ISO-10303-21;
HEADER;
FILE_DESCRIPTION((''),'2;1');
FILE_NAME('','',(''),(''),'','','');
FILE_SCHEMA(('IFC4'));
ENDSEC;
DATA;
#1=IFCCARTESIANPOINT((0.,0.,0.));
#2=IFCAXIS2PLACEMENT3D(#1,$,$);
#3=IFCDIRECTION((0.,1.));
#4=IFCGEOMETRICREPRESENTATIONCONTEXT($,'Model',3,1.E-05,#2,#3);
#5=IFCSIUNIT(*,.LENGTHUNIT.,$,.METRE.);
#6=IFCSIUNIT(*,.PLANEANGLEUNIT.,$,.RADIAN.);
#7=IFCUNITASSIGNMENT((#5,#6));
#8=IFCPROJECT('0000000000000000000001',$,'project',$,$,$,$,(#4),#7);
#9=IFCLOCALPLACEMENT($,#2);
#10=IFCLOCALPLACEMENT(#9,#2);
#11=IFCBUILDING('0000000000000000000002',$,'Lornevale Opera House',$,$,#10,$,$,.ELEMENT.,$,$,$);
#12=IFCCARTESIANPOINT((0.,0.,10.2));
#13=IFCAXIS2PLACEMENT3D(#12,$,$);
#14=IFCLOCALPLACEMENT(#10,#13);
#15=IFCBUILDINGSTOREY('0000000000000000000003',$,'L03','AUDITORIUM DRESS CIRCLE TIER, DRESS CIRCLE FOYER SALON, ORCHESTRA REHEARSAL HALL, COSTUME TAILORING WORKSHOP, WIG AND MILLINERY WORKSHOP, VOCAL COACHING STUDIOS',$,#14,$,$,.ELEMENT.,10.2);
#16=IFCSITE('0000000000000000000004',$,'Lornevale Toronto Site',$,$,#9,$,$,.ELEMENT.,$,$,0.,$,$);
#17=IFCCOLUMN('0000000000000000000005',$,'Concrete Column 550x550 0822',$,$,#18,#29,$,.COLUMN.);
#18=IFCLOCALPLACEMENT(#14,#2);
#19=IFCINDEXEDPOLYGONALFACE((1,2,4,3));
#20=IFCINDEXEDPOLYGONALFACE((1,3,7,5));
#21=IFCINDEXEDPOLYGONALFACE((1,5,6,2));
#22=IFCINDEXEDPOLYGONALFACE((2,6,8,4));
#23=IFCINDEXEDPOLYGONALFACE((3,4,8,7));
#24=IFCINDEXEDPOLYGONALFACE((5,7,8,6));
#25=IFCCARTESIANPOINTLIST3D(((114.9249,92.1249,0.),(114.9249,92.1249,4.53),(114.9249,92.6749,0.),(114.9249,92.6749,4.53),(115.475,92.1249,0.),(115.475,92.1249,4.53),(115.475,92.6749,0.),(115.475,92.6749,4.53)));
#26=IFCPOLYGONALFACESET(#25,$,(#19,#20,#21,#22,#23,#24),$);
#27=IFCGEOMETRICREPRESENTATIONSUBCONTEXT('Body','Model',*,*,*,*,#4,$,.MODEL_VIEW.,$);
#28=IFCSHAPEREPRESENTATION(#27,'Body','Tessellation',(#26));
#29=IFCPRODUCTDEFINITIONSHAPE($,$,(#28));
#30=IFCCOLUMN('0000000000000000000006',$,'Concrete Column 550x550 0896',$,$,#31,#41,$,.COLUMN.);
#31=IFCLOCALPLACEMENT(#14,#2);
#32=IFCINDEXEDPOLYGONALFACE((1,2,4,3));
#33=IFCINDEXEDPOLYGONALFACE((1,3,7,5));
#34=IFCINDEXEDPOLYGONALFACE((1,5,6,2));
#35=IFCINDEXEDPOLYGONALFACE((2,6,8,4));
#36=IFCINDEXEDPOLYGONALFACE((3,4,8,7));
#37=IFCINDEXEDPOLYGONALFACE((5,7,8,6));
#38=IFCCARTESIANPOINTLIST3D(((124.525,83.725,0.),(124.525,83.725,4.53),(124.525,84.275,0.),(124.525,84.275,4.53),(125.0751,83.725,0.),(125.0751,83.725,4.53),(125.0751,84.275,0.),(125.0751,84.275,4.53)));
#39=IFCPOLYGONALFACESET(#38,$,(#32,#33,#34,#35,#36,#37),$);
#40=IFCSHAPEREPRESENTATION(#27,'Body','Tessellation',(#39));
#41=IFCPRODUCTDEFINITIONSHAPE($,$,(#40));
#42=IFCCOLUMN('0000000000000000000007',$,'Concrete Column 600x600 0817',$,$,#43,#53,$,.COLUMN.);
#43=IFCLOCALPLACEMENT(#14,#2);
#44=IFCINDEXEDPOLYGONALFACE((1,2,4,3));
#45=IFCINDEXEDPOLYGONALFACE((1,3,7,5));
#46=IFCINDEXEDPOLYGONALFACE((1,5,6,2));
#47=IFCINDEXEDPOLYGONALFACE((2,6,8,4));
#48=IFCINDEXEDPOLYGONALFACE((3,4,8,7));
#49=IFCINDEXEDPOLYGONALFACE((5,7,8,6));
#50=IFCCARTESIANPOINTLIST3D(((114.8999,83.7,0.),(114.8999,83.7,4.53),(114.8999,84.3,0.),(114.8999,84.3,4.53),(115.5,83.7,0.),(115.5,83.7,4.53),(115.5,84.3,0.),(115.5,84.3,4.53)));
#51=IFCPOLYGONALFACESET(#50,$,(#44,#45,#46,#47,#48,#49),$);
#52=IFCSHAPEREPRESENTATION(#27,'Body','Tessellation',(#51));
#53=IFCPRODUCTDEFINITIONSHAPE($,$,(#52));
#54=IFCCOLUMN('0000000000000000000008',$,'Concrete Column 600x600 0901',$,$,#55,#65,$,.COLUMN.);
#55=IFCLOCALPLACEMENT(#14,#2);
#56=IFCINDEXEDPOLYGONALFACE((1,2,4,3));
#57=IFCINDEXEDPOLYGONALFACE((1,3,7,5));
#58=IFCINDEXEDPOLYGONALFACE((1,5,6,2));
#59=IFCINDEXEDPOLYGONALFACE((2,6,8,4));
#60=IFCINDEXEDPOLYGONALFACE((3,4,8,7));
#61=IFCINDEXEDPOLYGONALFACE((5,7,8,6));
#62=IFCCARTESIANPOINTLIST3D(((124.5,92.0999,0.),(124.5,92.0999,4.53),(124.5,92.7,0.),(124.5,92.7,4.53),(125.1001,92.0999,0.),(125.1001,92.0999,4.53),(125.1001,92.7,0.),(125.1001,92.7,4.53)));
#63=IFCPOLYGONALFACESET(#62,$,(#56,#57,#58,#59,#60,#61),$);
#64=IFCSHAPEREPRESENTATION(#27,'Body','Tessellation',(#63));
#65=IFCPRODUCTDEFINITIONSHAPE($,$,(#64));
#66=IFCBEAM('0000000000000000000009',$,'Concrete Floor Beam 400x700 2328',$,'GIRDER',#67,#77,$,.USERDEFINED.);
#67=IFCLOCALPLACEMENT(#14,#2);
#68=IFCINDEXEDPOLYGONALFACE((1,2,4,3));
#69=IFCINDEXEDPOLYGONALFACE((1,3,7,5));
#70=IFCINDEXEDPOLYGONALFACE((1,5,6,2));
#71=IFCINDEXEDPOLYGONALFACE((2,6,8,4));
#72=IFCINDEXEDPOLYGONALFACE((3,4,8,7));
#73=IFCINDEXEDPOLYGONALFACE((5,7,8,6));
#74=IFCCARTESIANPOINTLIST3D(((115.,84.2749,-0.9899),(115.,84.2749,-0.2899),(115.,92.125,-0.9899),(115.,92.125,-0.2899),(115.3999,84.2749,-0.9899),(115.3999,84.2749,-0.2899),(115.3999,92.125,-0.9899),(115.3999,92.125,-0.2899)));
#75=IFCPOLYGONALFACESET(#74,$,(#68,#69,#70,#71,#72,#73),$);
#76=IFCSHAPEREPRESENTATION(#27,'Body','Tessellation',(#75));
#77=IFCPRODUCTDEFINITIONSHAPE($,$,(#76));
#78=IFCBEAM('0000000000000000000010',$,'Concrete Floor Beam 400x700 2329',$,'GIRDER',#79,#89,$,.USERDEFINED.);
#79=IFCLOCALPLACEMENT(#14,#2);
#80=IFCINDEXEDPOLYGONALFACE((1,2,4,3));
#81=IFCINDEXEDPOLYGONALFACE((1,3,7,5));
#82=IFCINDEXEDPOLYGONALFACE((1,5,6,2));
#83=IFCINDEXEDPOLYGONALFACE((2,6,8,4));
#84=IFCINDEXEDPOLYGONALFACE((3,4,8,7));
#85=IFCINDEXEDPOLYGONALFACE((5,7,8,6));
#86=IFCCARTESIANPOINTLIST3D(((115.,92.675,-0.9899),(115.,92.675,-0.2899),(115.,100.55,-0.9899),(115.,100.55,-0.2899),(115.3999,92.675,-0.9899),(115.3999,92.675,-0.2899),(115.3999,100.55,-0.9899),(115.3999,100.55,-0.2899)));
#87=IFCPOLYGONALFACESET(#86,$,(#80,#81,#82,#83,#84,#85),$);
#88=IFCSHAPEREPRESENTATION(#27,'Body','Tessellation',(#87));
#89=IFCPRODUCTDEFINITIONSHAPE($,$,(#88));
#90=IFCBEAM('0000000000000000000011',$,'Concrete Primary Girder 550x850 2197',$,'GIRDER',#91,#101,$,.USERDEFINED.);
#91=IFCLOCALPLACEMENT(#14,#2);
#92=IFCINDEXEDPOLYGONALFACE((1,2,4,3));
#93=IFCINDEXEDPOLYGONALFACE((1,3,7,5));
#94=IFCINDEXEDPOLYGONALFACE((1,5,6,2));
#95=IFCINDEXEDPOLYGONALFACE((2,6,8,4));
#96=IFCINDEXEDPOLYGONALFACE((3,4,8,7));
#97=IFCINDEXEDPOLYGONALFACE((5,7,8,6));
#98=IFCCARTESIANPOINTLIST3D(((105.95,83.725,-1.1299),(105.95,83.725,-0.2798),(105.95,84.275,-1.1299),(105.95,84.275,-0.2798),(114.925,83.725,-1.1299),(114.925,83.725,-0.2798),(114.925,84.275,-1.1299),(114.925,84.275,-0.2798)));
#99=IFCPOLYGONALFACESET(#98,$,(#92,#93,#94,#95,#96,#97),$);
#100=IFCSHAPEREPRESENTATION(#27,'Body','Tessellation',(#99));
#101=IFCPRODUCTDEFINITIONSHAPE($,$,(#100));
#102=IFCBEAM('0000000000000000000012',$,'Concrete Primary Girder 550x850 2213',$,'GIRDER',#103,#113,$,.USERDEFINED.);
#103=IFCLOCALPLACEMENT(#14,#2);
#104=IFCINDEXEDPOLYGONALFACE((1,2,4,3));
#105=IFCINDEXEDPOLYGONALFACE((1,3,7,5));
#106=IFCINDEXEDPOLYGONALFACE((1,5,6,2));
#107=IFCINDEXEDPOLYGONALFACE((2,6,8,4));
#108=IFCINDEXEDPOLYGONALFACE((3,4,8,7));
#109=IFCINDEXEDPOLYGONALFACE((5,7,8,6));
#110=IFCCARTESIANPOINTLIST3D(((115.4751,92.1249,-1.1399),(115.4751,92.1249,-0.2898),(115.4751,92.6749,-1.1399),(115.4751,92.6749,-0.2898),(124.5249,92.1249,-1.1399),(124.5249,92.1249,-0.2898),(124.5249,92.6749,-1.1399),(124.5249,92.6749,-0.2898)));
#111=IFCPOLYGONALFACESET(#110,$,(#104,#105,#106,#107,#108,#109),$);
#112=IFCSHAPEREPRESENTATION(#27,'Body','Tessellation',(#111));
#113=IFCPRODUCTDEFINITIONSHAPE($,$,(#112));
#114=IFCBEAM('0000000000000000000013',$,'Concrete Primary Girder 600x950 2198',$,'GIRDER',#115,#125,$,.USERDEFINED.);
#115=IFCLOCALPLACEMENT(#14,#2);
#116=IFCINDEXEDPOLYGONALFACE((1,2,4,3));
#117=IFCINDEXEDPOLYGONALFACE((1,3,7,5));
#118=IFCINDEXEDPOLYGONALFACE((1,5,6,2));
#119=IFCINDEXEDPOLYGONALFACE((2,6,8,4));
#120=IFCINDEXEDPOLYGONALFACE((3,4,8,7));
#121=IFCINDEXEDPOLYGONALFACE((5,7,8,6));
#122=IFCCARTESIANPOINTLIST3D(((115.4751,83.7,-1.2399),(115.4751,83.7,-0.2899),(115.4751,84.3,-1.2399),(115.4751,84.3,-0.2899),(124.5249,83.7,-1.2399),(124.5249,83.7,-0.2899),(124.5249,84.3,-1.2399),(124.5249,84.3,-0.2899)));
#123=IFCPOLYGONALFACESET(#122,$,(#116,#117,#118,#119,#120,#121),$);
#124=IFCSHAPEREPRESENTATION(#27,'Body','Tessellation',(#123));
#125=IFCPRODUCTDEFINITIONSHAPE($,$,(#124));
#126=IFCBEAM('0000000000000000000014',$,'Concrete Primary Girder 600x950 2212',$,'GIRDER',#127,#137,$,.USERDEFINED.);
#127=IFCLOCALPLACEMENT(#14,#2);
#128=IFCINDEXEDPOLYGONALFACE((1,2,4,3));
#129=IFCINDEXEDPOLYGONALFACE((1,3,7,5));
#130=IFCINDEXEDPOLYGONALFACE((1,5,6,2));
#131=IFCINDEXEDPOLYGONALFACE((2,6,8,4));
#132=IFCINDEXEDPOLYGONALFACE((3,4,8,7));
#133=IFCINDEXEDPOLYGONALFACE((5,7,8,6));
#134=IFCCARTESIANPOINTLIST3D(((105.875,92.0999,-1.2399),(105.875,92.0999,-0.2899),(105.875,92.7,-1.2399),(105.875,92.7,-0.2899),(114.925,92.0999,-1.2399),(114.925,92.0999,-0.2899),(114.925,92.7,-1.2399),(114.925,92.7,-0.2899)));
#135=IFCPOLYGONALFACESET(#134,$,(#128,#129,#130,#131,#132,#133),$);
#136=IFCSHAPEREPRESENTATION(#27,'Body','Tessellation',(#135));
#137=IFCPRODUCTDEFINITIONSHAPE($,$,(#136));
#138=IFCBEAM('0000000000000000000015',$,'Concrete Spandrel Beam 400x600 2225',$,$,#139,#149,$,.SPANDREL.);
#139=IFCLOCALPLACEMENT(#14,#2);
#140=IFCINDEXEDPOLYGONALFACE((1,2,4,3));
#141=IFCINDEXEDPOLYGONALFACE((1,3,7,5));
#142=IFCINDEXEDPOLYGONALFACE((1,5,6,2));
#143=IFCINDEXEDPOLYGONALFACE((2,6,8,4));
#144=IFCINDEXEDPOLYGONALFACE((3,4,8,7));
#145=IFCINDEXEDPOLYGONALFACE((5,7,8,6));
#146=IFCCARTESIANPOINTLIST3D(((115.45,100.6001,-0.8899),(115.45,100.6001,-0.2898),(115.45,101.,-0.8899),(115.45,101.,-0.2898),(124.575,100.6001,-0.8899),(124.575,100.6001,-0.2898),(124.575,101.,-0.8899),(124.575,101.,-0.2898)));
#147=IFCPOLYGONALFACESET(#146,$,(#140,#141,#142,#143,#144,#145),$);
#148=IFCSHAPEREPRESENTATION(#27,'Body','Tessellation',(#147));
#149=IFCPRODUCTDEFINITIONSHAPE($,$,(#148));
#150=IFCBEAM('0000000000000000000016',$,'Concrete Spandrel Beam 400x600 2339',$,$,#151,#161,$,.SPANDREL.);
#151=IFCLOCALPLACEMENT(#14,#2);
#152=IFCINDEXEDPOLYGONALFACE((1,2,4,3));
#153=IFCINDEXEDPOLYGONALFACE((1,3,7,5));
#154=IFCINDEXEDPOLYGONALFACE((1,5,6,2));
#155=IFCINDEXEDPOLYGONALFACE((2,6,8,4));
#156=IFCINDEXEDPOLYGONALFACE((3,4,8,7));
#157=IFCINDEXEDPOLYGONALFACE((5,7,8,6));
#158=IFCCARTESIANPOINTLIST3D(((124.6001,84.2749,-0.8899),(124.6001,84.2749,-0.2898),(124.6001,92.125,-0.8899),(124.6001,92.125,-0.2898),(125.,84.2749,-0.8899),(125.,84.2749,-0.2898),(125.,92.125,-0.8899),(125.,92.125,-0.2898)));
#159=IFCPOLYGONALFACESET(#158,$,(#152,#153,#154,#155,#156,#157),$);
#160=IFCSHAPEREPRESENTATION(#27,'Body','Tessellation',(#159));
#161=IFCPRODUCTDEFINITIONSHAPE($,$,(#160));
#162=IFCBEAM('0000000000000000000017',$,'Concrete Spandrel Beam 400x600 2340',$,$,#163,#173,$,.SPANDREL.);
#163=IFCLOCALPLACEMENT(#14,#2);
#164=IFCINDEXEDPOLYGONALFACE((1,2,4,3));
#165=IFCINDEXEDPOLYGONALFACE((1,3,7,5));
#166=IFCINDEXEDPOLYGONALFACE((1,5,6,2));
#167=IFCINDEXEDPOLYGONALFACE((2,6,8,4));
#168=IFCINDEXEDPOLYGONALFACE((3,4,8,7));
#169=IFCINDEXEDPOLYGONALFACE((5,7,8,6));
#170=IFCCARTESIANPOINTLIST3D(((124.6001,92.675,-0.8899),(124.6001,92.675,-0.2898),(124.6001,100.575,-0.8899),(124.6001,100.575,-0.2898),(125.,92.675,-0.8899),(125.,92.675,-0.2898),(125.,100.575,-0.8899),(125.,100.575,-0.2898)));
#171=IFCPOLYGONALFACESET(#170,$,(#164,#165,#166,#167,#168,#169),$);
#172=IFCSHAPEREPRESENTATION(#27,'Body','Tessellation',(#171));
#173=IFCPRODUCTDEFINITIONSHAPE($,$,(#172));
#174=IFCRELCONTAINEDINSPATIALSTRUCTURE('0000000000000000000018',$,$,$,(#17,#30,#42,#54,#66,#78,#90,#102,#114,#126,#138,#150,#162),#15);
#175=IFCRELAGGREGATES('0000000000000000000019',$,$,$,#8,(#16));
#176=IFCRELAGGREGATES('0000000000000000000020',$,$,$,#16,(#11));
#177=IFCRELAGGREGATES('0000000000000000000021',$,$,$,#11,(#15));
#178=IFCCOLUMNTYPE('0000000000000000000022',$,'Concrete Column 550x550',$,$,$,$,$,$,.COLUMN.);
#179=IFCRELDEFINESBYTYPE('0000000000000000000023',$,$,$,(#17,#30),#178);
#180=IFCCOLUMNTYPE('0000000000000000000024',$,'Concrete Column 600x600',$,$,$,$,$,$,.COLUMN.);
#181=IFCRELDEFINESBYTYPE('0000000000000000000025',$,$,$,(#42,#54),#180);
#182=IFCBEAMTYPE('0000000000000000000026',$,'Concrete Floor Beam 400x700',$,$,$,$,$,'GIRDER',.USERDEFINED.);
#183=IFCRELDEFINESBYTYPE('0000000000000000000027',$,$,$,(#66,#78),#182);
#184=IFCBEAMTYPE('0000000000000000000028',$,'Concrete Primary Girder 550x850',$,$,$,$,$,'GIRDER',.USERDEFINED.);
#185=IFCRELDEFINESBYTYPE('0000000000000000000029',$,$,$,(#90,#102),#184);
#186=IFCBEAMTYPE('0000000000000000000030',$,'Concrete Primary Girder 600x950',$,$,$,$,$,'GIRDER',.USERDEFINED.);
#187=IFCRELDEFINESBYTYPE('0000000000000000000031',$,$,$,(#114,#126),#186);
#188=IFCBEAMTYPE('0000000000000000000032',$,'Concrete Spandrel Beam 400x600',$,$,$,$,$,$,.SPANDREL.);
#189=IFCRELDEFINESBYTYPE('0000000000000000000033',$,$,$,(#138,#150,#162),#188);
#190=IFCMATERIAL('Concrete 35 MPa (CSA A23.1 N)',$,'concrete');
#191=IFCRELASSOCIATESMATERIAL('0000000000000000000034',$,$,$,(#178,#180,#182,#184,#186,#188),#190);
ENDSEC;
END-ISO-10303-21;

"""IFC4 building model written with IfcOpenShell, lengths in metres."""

from ifc_helpers import new_model, si_unit, direction, frame, origin, origin_2d, place, context, subcontext, project, spatial, rectangle, extrude, material, material_profile, profile_set, type_object, element, save


model = new_model("IFC4")

# Units and contexts
model_context = context("Model", 3, precision=1e-05, world=origin(), true_north=direction((0.0, 1.0)))
body_context = subcontext(model_context, "Body", "Model", "MODEL_VIEW")
ifc_project = project(units=[si_unit("LENGTHUNIT", "METRE"), si_unit("PLANEANGLEUNIT", "RADIAN")], contexts=[model_context])

# Site, building, storey
site_placement = place(None, origin())
site = spatial("IfcSite", under=ifc_project, at=site_placement, Name="Lornevale Toronto Site", CompositionType="ELEMENT", RefElevation=0.0)
building_placement = place(site_placement, origin())
building = spatial("IfcBuilding", under=site, at=building_placement, Name="Lornevale Opera House", CompositionType="ELEMENT")
storey_placement = place(building_placement, frame((0.0, 0.0, 10.2)))
storey = spatial("IfcBuildingStorey", under=building, at=storey_placement, Name="L03", Description="AUDITORIUM DRESS CIRCLE TIER, DRESS CIRCLE FOYER SALON, ORCHESTRA REHEARSAL HALL, COSTUME TAILORING WORKSHOP, WIG AND MILLINERY WORKSHOP, VOCAL COACHING STUDIOS", CompositionType="ELEMENT", Elevation=10.2)

# Columns
ifc_material_1 = material(Name="Concrete 35 MPa (CSA A23.1 N)", Category="concrete")
ifc_material_profile_1 = material_profile(ifc_material_1, rectangle(XDim=0.55, YDim=0.55, at=origin_2d()), Name="RC550x550")
ifc_profile_set_1 = profile_set([ifc_material_profile_1], Name="Concrete 35 MPa (CSA A23.1 N)")
column_type_1 = type_object("IfcColumnType", Name="Concrete Column 550x550", PredefinedType="COLUMN", material=ifc_profile_set_1)
for number, where, z_axis, x_axis, name in (
    (1, (115.2, 92.3999, 0.0), (0.0, 0.0, 1.0), (1.0, 0.0, 0.0), "Concrete Column 550x550 0822"),
    (2, (124.8, 84.0, 0.0), (0.0, 0.0, 1.0), (1.0, 0.0, 0.0), "Concrete Column 550x550 0896"),
):
    element("IfcColumn", number, at=place(storey_placement, frame(where, z_axis=z_axis, x_axis=x_axis)), inside=storey, type_object=column_type_1, Name=name, PredefinedType="COLUMN", context=body_context, shape_type="SweptSolid", body=[
        extrude(rectangle(XDim=0.55, YDim=0.55, at=origin_2d()), origin(), (0.0, 0.0, 1.0), 4.53),
    ])
ifc_material_profile_2 = material_profile(ifc_material_1, rectangle(XDim=0.6001, YDim=0.6001, at=origin_2d()), Name="RC600x600")
ifc_profile_set_2 = profile_set([ifc_material_profile_2], Name="Concrete 35 MPa (CSA A23.1 N)")
column_type_2 = type_object("IfcColumnType", Name="Concrete Column 600x600", PredefinedType="COLUMN", material=ifc_profile_set_2)
for number, where, z_axis, x_axis, name in (
    (3, (115.2, 84.0, 0.0), (0.0, 0.0, 1.0), (1.0, 0.0, 0.0), "Concrete Column 600x600 0817"),
    (4, (124.8, 92.3999, 0.0), (0.0, 0.0, 1.0), (1.0, 0.0, 0.0), "Concrete Column 600x600 0901"),
):
    element("IfcColumn", number, at=place(storey_placement, frame(where, z_axis=z_axis, x_axis=x_axis)), inside=storey, type_object=column_type_2, Name=name, PredefinedType="COLUMN", context=body_context, shape_type="SweptSolid", body=[
        extrude(rectangle(XDim=0.6001, YDim=0.6001, at=origin_2d()), origin(), (0.0, 0.0, 1.0), 4.53),
    ])

# Beams
ifc_material_profile_3 = material_profile(ifc_material_1, rectangle(XDim=0.3999, YDim=0.7, at=origin_2d()), Name="RC400x700")
ifc_profile_set_3 = profile_set([ifc_material_profile_3], Name="Concrete 35 MPa (CSA A23.1 N)")
beam_type_1 = type_object("IfcBeamType", Name="Concrete Floor Beam 400x700", ElementType="GIRDER", PredefinedType="USERDEFINED", material=ifc_profile_set_3)
beam_1_placement = place(storey_placement, frame((115.2, 84.2749, -0.6399), z_axis=(0.0, 1.0, 0.0), x_axis=(-1.0, 0.0, 0.0)))
element("IfcBeam", 5, at=beam_1_placement, inside=storey, type_object=beam_type_1, Name="Concrete Floor Beam 400x700 2328", ObjectType="GIRDER", PredefinedType="USERDEFINED", context=body_context, shape_type="SweptSolid", body=[
    extrude(rectangle(XDim=0.3999, YDim=0.7, at=origin_2d()), origin(), (0.0, 0.0, 1.0), 7.8501),
])
beam_2_placement = place(storey_placement, frame((115.2, 92.675, -0.6399), z_axis=(0.0, 1.0, 0.0), x_axis=(-1.0, 0.0, 0.0)))
element("IfcBeam", 6, at=beam_2_placement, inside=storey, type_object=beam_type_1, Name="Concrete Floor Beam 400x700 2329", ObjectType="GIRDER", PredefinedType="USERDEFINED", context=body_context, shape_type="SweptSolid", body=[
    extrude(rectangle(XDim=0.3999, YDim=0.7, at=origin_2d()), origin(), (0.0, 0.0, 1.0), 7.875),
])
ifc_material_profile_4 = material_profile(ifc_material_1, rectangle(XDim=0.55, YDim=0.8501, at=origin_2d()), Name="RC550x850")
ifc_profile_set_4 = profile_set([ifc_material_profile_4], Name="Concrete 35 MPa (CSA A23.1 N)")
beam_type_2 = type_object("IfcBeamType", Name="Concrete Primary Girder 550x850", ElementType="GIRDER", PredefinedType="USERDEFINED", material=ifc_profile_set_4)
beam_3_placement = place(storey_placement, frame((105.95, 84.0, -0.7048), z_axis=(1.0, 0.0, 0.0), x_axis=(0.0, 1.0, 0.0)))
element("IfcBeam", 7, at=beam_3_placement, inside=storey, type_object=beam_type_2, Name="Concrete Primary Girder 550x850 2197", ObjectType="GIRDER", PredefinedType="USERDEFINED", context=body_context, shape_type="SweptSolid", body=[
    extrude(rectangle(XDim=0.55, YDim=0.8501, at=origin_2d()), origin(), (0.0, 0.0, 1.0), 8.9751),
])
beam_4_placement = place(storey_placement, frame((115.4751, 92.3999, -0.7148), z_axis=(1.0, 0.0, 0.0), x_axis=(0.0, 1.0, 0.0)))
element("IfcBeam", 8, at=beam_4_placement, inside=storey, type_object=beam_type_2, Name="Concrete Primary Girder 550x850 2213", ObjectType="GIRDER", PredefinedType="USERDEFINED", context=body_context, shape_type="SweptSolid", body=[
    extrude(rectangle(XDim=0.55, YDim=0.8501, at=origin_2d()), origin(), (0.0, 0.0, 1.0), 9.0498),
])
ifc_material_profile_5 = material_profile(ifc_material_1, rectangle(XDim=0.6001, YDim=0.95, at=origin_2d()), Name="RC600x950")
ifc_profile_set_5 = profile_set([ifc_material_profile_5], Name="Concrete 35 MPa (CSA A23.1 N)")
beam_type_3 = type_object("IfcBeamType", Name="Concrete Primary Girder 600x950", ElementType="GIRDER", PredefinedType="USERDEFINED", material=ifc_profile_set_5)
beam_5_placement = place(storey_placement, frame((115.4751, 84.0, -0.7649), z_axis=(1.0, 0.0, 0.0), x_axis=(0.0, 1.0, 0.0)))
element("IfcBeam", 9, at=beam_5_placement, inside=storey, type_object=beam_type_3, Name="Concrete Primary Girder 600x950 2198", ObjectType="GIRDER", PredefinedType="USERDEFINED", context=body_context, shape_type="SweptSolid", body=[
    extrude(rectangle(XDim=0.6001, YDim=0.95, at=origin_2d()), origin(), (0.0, 0.0, 1.0), 9.0498),
])
beam_6_placement = place(storey_placement, frame((105.875, 92.3999, -0.7649), z_axis=(1.0, 0.0, 0.0), x_axis=(0.0, 1.0, 0.0)))
element("IfcBeam", 10, at=beam_6_placement, inside=storey, type_object=beam_type_3, Name="Concrete Primary Girder 600x950 2212", ObjectType="GIRDER", PredefinedType="USERDEFINED", context=body_context, shape_type="SweptSolid", body=[
    extrude(rectangle(XDim=0.6001, YDim=0.95, at=origin_2d()), origin(), (0.0, 0.0, 1.0), 9.05),
])
ifc_material_profile_6 = material_profile(ifc_material_1, rectangle(XDim=0.3999, YDim=0.6001, at=origin_2d()), Name="RC400x600")
ifc_profile_set_6 = profile_set([ifc_material_profile_6], Name="Concrete 35 MPa (CSA A23.1 N)")
beam_type_4 = type_object("IfcBeamType", Name="Concrete Spandrel Beam 400x600", PredefinedType="SPANDREL", material=ifc_profile_set_6)
beam_7_placement = place(storey_placement, frame((115.45, 100.8, -0.5898), z_axis=(1.0, 0.0, 0.0), x_axis=(0.0, 1.0, 0.0)))
element("IfcBeam", 11, at=beam_7_placement, inside=storey, type_object=beam_type_4, Name="Concrete Spandrel Beam 400x600 2225", PredefinedType="SPANDREL", context=body_context, shape_type="SweptSolid", body=[
    extrude(rectangle(XDim=0.3999, YDim=0.6001, at=origin_2d()), origin(), (0.0, 0.0, 1.0), 9.125),
])
beam_8_placement = place(storey_placement, frame((124.8, 84.2749, -0.5898), z_axis=(0.0, 1.0, 0.0), x_axis=(-1.0, 0.0, 0.0)))
element("IfcBeam", 12, at=beam_8_placement, inside=storey, type_object=beam_type_4, Name="Concrete Spandrel Beam 400x600 2339", PredefinedType="SPANDREL", context=body_context, shape_type="SweptSolid", body=[
    extrude(rectangle(XDim=0.3999, YDim=0.6001, at=origin_2d()), origin(), (0.0, 0.0, 1.0), 7.8501),
])
beam_9_placement = place(storey_placement, frame((124.8, 92.675, -0.5898), z_axis=(0.0, 1.0, 0.0), x_axis=(-1.0, 0.0, 0.0)))
element("IfcBeam", 13, at=beam_9_placement, inside=storey, type_object=beam_type_4, Name="Concrete Spandrel Beam 400x600 2340", PredefinedType="SPANDREL", context=body_context, shape_type="SweptSolid", body=[
    extrude(rectangle(XDim=0.3999, YDim=0.6001, at=origin_2d()), origin(), (0.0, 0.0, 1.0), 7.8999),
])

save(model, "model.ifc")
